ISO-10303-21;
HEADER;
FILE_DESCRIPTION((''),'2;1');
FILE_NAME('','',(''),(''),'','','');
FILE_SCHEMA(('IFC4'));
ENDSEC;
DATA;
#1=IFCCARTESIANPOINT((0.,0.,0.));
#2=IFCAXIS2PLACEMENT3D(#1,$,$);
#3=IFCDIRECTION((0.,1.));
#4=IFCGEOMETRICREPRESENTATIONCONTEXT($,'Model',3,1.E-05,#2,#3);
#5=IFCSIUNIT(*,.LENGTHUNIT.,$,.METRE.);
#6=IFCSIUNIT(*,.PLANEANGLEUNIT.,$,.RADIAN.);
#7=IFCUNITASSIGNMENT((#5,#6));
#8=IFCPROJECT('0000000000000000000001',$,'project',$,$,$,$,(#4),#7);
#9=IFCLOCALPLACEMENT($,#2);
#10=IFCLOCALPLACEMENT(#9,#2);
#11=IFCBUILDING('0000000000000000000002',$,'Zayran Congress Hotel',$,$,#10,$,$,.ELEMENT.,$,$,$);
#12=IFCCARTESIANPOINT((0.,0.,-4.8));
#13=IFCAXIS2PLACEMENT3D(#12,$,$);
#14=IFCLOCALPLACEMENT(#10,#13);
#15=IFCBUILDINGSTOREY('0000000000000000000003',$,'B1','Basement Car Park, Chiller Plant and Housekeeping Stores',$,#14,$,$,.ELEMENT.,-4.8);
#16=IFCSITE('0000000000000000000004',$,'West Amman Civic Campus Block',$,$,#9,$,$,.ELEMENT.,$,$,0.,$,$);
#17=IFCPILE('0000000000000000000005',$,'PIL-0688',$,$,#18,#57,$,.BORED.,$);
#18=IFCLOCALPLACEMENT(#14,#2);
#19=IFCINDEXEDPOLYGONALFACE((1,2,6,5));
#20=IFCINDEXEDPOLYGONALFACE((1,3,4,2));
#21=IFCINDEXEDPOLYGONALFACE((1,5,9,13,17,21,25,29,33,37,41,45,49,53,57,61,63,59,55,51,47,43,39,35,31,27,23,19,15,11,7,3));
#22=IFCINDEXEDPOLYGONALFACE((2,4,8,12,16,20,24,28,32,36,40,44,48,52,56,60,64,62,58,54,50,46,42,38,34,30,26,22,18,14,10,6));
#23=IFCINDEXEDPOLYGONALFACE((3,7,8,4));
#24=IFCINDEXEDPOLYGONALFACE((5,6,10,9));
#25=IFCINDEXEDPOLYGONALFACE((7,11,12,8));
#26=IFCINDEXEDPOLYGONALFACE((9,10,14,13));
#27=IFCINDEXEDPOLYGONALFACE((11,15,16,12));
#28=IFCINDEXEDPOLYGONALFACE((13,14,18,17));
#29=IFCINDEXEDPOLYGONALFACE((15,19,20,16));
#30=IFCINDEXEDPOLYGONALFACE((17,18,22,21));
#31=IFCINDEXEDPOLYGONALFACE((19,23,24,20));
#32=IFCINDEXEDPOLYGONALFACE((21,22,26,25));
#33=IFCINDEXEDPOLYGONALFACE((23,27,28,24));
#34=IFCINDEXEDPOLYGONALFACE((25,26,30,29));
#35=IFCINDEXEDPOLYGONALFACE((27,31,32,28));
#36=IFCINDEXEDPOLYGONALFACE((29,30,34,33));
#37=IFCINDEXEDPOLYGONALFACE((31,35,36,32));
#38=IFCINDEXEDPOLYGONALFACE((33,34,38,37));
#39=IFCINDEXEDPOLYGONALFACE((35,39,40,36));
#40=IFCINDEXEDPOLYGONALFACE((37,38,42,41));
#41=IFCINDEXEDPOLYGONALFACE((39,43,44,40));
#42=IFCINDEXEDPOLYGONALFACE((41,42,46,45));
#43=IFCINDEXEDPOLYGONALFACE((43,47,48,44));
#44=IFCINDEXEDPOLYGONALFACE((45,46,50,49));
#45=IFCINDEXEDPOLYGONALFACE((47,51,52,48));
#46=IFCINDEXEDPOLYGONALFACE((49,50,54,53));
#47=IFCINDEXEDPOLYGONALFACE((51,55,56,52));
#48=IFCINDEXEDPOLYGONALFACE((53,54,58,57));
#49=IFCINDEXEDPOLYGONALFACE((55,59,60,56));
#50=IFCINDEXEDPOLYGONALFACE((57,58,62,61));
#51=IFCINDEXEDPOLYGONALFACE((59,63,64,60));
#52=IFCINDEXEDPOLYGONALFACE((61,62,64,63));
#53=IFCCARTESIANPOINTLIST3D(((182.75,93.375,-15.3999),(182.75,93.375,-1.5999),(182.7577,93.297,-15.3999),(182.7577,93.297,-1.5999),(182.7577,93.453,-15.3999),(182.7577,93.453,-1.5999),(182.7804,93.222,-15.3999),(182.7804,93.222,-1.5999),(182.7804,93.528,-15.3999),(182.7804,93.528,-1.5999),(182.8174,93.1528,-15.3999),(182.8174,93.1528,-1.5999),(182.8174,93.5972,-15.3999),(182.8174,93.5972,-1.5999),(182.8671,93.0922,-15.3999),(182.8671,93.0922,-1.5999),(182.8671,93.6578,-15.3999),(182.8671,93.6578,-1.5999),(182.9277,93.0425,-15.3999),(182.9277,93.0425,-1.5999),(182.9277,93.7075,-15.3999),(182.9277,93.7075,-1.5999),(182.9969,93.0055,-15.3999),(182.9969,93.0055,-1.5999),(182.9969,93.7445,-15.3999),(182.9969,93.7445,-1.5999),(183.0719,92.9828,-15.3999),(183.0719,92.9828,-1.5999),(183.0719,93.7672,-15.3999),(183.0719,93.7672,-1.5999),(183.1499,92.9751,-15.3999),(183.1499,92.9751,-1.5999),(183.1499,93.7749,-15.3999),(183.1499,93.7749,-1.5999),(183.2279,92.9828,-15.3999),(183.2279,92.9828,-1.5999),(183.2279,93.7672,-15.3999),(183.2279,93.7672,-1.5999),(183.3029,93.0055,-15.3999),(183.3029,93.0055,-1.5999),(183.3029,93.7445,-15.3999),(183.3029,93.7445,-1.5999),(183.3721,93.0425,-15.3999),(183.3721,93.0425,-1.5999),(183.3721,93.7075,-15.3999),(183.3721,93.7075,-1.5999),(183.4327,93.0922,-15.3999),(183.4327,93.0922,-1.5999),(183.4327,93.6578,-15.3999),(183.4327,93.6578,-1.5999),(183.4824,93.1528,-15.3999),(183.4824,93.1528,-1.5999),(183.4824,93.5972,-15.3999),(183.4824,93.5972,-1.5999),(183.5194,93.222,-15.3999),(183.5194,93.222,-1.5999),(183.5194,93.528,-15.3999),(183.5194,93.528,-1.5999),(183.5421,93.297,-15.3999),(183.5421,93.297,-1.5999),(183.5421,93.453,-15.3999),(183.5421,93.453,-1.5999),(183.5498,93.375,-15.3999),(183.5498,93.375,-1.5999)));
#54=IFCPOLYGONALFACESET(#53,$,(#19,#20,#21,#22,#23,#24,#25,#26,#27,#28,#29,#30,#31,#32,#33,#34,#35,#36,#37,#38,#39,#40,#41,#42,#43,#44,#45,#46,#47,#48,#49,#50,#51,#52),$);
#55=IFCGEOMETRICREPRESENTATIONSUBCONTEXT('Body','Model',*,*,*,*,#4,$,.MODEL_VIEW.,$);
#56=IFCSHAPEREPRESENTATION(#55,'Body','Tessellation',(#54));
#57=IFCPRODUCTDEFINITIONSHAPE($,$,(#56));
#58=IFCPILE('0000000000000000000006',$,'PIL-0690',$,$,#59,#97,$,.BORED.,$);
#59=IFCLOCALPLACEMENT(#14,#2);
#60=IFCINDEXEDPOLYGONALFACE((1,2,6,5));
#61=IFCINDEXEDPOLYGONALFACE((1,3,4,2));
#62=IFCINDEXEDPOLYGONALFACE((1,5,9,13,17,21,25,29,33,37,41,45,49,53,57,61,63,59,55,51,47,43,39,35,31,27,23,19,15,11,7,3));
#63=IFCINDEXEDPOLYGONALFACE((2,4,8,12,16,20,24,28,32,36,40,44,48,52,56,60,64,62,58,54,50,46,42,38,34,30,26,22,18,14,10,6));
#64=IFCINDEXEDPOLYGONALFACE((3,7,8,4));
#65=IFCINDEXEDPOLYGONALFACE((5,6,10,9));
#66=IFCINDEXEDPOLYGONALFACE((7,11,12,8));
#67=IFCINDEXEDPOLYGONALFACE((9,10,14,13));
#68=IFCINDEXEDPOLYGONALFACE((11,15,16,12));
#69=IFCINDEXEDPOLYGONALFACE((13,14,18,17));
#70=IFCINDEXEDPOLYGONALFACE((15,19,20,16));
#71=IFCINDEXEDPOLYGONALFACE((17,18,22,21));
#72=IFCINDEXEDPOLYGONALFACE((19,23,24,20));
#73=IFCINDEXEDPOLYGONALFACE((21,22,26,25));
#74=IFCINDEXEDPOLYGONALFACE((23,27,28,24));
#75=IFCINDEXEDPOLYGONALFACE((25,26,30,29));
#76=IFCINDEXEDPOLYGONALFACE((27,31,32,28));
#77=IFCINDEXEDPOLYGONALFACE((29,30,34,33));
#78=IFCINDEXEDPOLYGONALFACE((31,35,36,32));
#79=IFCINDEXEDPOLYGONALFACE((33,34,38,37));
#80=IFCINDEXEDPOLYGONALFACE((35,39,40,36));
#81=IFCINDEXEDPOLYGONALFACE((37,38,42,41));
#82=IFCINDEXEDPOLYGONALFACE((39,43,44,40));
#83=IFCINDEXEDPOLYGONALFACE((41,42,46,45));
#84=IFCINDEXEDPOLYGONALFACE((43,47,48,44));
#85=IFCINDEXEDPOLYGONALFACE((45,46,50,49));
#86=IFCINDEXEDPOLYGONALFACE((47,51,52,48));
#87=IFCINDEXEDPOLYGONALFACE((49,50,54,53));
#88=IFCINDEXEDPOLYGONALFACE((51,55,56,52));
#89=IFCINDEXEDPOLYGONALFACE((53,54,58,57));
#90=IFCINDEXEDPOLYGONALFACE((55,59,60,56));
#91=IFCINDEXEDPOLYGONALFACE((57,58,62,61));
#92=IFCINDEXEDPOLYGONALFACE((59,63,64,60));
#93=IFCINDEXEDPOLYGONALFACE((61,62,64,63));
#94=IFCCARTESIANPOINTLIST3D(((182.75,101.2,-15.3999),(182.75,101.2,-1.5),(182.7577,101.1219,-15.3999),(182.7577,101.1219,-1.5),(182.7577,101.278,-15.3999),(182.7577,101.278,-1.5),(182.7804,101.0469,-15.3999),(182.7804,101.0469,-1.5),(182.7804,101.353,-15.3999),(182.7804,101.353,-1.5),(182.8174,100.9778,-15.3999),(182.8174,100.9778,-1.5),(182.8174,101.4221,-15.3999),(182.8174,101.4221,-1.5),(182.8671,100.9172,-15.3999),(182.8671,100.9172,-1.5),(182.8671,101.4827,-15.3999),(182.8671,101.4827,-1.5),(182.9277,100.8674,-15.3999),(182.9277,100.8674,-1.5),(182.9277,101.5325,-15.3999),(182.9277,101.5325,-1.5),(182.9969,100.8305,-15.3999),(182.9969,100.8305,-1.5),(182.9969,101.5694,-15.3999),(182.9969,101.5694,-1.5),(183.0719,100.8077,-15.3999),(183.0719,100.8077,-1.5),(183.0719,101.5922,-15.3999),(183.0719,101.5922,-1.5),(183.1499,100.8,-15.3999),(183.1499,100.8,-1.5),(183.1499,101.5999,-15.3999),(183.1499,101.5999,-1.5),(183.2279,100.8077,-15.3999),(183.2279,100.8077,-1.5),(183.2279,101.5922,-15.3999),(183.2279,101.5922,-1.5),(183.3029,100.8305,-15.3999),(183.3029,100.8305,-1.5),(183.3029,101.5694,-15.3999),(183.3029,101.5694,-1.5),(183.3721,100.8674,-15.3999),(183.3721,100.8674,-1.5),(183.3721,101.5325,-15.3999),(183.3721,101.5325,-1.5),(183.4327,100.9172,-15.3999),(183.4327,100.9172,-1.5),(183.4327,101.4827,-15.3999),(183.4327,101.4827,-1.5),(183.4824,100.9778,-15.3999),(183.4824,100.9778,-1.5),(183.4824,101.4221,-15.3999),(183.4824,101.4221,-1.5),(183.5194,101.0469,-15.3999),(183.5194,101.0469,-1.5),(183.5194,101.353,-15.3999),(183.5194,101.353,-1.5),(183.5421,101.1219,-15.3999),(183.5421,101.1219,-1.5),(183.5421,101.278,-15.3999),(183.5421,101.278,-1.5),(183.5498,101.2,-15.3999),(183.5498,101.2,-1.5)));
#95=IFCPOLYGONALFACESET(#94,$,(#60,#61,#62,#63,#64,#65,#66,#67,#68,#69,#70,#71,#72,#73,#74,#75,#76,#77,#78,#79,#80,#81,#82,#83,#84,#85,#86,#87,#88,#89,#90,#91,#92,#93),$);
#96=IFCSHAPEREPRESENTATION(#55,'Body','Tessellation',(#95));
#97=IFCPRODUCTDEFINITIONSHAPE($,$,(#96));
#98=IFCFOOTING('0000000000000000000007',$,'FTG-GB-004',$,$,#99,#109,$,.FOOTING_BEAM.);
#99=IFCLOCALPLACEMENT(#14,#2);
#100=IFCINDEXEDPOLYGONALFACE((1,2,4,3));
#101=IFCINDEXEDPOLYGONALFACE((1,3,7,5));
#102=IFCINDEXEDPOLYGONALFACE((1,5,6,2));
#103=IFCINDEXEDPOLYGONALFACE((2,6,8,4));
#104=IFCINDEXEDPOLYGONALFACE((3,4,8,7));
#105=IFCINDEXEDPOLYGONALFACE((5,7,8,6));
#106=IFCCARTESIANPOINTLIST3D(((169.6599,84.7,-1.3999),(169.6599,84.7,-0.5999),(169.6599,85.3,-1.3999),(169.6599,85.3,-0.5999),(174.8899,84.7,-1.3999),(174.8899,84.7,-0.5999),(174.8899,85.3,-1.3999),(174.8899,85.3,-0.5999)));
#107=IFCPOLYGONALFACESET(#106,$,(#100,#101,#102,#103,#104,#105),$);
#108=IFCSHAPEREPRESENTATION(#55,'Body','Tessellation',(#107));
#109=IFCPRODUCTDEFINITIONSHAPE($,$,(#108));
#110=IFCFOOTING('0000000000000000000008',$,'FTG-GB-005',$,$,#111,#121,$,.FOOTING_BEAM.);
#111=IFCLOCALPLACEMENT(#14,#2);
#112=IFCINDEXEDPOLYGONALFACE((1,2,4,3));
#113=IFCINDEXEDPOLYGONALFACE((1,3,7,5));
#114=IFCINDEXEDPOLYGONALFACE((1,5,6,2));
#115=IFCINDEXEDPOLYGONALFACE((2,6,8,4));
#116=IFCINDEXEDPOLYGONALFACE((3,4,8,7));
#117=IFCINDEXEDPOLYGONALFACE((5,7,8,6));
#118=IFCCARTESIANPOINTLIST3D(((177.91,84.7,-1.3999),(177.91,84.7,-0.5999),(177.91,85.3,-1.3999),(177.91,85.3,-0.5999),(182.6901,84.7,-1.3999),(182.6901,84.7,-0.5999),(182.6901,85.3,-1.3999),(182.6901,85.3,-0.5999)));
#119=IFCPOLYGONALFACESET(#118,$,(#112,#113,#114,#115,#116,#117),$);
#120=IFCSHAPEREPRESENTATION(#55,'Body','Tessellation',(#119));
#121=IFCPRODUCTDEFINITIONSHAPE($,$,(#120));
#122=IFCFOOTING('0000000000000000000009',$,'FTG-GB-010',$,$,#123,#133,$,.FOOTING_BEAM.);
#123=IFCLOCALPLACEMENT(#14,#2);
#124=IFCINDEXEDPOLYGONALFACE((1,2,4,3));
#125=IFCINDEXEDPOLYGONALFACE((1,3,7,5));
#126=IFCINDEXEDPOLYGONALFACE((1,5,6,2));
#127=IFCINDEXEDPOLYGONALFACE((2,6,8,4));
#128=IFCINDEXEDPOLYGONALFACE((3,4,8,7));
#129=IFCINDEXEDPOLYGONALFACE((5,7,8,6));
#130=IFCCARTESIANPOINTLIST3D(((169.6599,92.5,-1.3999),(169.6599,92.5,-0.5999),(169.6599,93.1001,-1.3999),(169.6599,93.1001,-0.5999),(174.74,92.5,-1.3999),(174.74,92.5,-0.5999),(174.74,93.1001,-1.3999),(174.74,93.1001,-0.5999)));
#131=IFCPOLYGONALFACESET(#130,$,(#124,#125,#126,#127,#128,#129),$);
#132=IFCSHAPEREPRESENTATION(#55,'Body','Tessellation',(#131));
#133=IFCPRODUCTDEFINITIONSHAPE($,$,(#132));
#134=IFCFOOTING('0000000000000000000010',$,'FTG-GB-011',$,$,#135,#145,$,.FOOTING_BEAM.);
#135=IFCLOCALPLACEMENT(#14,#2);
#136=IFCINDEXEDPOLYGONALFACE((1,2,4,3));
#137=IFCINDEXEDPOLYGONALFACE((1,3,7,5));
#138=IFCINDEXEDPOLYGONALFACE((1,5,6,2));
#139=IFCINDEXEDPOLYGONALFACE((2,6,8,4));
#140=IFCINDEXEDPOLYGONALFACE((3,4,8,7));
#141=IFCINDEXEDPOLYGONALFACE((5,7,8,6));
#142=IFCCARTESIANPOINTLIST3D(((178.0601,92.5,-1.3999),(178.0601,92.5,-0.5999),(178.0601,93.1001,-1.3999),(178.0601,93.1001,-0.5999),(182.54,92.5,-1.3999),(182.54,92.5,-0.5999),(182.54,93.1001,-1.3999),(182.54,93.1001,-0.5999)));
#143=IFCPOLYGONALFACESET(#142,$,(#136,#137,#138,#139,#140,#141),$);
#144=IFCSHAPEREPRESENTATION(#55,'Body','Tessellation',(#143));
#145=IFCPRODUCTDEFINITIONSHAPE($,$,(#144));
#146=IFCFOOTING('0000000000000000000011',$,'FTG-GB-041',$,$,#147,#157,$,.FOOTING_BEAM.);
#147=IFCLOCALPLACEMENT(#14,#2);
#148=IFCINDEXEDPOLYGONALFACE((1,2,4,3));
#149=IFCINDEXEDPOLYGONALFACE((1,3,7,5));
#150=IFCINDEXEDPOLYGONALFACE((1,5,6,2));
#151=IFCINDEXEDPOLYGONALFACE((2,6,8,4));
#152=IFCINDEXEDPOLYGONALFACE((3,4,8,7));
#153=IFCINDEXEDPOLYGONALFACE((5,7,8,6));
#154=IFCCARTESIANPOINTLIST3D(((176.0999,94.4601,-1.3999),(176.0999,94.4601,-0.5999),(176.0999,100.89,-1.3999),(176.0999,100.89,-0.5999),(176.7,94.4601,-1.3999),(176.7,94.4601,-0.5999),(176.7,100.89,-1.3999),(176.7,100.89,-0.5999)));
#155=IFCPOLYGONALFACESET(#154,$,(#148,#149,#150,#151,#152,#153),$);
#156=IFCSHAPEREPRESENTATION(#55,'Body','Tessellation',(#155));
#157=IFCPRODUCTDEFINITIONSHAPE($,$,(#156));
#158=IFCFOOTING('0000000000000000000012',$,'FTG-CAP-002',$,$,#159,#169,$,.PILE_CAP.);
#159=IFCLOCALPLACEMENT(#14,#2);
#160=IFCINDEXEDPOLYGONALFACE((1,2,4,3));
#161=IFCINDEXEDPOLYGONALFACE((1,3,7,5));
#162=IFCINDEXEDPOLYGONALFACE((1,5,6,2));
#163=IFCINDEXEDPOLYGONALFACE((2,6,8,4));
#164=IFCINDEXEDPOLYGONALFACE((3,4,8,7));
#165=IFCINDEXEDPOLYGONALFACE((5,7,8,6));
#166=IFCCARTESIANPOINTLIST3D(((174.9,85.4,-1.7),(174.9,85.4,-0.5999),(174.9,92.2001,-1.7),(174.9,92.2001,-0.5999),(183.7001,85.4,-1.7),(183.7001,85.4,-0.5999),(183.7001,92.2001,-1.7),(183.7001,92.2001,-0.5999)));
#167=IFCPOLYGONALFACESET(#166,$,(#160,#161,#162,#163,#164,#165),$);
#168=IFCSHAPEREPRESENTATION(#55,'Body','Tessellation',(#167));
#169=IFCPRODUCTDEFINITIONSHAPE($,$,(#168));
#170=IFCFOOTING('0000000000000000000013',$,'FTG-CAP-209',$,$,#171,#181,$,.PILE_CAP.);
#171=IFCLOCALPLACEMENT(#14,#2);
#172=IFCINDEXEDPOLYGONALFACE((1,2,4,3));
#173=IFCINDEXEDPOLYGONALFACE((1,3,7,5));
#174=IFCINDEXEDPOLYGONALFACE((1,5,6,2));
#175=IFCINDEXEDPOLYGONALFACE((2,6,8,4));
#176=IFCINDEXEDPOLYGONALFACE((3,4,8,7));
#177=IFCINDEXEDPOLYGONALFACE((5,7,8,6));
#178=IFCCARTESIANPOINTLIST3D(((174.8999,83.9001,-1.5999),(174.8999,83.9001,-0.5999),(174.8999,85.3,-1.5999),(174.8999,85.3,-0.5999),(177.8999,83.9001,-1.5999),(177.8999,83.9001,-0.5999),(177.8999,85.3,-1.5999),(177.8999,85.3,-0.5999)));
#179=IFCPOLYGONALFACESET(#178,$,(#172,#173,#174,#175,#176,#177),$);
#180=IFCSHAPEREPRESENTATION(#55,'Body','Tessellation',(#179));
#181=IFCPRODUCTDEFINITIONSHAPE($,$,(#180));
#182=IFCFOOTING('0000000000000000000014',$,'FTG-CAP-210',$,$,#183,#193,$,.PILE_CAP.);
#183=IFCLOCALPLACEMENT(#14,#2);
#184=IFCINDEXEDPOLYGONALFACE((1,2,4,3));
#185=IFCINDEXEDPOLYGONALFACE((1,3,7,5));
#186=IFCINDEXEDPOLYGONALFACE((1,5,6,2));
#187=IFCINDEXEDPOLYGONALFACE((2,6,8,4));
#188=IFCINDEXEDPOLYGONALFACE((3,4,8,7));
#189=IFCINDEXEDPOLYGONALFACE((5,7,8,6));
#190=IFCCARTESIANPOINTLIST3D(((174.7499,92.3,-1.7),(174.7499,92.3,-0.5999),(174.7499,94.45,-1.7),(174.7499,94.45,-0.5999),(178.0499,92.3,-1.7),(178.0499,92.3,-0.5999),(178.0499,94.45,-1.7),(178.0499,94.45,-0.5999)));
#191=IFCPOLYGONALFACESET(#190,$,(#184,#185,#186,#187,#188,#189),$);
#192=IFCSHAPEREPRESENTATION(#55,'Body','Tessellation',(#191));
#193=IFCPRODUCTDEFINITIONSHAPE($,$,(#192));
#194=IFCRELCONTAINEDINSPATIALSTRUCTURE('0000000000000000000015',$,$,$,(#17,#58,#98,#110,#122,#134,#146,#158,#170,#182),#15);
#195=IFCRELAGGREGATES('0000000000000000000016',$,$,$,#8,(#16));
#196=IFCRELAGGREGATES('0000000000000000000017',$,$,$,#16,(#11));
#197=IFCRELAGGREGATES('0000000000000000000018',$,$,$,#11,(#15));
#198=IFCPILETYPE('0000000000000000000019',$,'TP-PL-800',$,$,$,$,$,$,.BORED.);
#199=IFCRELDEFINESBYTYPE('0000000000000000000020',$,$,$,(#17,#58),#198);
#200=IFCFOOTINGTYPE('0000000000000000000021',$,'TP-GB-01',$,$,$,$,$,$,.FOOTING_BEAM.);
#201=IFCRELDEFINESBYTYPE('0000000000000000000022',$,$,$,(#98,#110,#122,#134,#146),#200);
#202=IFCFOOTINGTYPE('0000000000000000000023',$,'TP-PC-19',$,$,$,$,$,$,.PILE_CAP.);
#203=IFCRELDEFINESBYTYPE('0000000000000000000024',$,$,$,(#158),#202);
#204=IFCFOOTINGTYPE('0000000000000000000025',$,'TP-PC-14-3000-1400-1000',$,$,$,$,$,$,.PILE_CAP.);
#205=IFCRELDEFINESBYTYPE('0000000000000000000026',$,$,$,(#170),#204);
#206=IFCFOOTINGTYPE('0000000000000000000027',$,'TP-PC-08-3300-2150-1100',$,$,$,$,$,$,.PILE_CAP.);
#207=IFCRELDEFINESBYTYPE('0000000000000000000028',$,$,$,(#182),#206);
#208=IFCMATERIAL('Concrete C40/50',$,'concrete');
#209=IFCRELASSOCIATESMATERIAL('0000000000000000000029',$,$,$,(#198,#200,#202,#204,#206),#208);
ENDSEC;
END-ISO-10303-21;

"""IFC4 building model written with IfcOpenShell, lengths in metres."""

from ifc_helpers import new_model, si_unit, direction, frame, origin, origin_2d, place, context, subcontext, project, spatial, rectangle, circle, extrude, material, material_profile, profile_set, type_object, element, save


model = new_model("IFC4")

# Units and contexts
model_context = context("Model", 3, precision=1e-05, world=origin(), true_north=direction((0.0, 1.0)))
body_context = subcontext(model_context, "Body", "Model", "MODEL_VIEW")
ifc_project = project(units=[si_unit("LENGTHUNIT", "METRE"), si_unit("PLANEANGLEUNIT", "RADIAN")], contexts=[model_context])

# Site, building, storey
site_placement = place(None, origin())
site = spatial("IfcSite", under=ifc_project, at=site_placement, Name="West Amman Civic Campus Block", CompositionType="ELEMENT", RefElevation=0.0)
building_placement = place(site_placement, origin())
building = spatial("IfcBuilding", under=site, at=building_placement, Name="Zayran Congress Hotel", CompositionType="ELEMENT")
storey_placement = place(building_placement, frame((0.0, 0.0, -4.8)))
storey = spatial("IfcBuildingStorey", under=building, at=storey_placement, Name="B1", Description="Basement Car Park, Chiller Plant and Housekeeping Stores", CompositionType="ELEMENT", Elevation=-4.8)

# Piles
ifc_material_1 = material(Name="Concrete C40/50", Category="concrete")
ifc_material_profile_1 = material_profile(ifc_material_1, circle(Radius=0.3999, at=origin_2d()), Name="PILE D800")
ifc_profile_set_1 = profile_set([ifc_material_profile_1], Name="Concrete C40/50")
pile_type_1 = type_object("IfcPileType", Name="TP-PL-800", PredefinedType="BORED", material=ifc_profile_set_1)
for number, where, z_axis, x_axis, name in (
    (1, (183.1499, 93.375, -1.5999), (0.0, 0.0, -1.0), (1.0, 0.0, 0.0), "PIL-0688"),
):
    element("IfcPile", number, at=place(storey_placement, frame(where, z_axis=z_axis, x_axis=x_axis)), inside=storey, type_object=pile_type_1, Name=name, PredefinedType="BORED", context=body_context, shape_type="SweptSolid", body=[
        extrude(circle(Radius=0.3999, at=origin_2d()), origin(), (0.0, 0.0, 1.0), 13.8),
    ])
pile_placement = place(storey_placement, frame((183.1499, 101.2, -1.5), z_axis=(0.0, 0.0, -1.0), x_axis=(1.0, 0.0, 0.0)))
element("IfcPile", 2, at=pile_placement, inside=storey, type_object=pile_type_1, Name="PIL-0690", PredefinedType="BORED", context=body_context, shape_type="SweptSolid", body=[
    extrude(circle(Radius=0.3999, at=origin_2d()), origin(), (0.0, 0.0, 1.0), 13.8999),
])

# Footings
footing_type_1 = type_object("IfcFootingType", Name="TP-GB-01", PredefinedType="FOOTING_BEAM", material=ifc_material_1)
footing_1_placement = place(storey_placement, frame((172.2749, 85.0, -1.3999), z_axis=(0.0, 0.0, 1.0), x_axis=(1.0, 0.0, 0.0)))
element("IfcFooting", 3, at=footing_1_placement, inside=storey, type_object=footing_type_1, Name="FTG-GB-004", PredefinedType="FOOTING_BEAM", context=body_context, shape_type="SweptSolid", body=[
    extrude(rectangle(XDim=5.23, YDim=0.6001, at=origin_2d()), origin(), (0.0, 0.0, 1.0), 0.8),
])
footing_2_placement = place(storey_placement, frame((180.3, 85.0, -1.3999), z_axis=(0.0, 0.0, 1.0), x_axis=(1.0, 0.0, 0.0)))
element("IfcFooting", 4, at=footing_2_placement, inside=storey, type_object=footing_type_1, Name="FTG-GB-005", PredefinedType="FOOTING_BEAM", context=body_context, shape_type="SweptSolid", body=[
    extrude(rectangle(XDim=4.78, YDim=0.6001, at=origin_2d()), origin(), (0.0, 0.0, 1.0), 0.8),
])
footing_3_placement = place(storey_placement, frame((172.2, 92.8, -1.3999), z_axis=(0.0, 0.0, 1.0), x_axis=(1.0, 0.0, 0.0)))
element("IfcFooting", 5, at=footing_3_placement, inside=storey, type_object=footing_type_1, Name="FTG-GB-010", PredefinedType="FOOTING_BEAM", context=body_context, shape_type="SweptSolid", body=[
    extrude(rectangle(XDim=5.0801, YDim=0.6001, at=origin_2d()), origin(), (0.0, 0.0, 1.0), 0.8),
])
footing_4_placement = place(storey_placement, frame((180.3, 92.8, -1.3999), z_axis=(0.0, 0.0, 1.0), x_axis=(1.0, 0.0, 0.0)))
element("IfcFooting", 6, at=footing_4_placement, inside=storey, type_object=footing_type_1, Name="FTG-GB-011", PredefinedType="FOOTING_BEAM", context=body_context, shape_type="SweptSolid", body=[
    extrude(rectangle(XDim=4.48, YDim=0.6001, at=origin_2d()), origin(), (0.0, 0.0, 1.0), 0.8),
])
footing_5_placement = place(storey_placement, frame((176.3999, 97.675, -1.3999), z_axis=(0.0, 0.0, 1.0), x_axis=(0.0, 1.0, 0.0)))
element("IfcFooting", 7, at=footing_5_placement, inside=storey, type_object=footing_type_1, Name="FTG-GB-041", PredefinedType="FOOTING_BEAM", context=body_context, shape_type="SweptSolid", body=[
    extrude(rectangle(XDim=6.4299, YDim=0.6001, at=origin_2d()), origin(), (0.0, 0.0, 1.0), 0.8),
])
footing_type_2 = type_object("IfcFootingType", Name="TP-PC-19", PredefinedType="PILE_CAP", material=ifc_material_1)
footing_6_placement = place(storey_placement, frame((179.3, 88.8, -1.7), z_axis=(0.0, 0.0, 1.0), x_axis=(1.0, 0.0, 0.0)))
element("IfcFooting", 8, at=footing_6_placement, inside=storey, type_object=footing_type_2, Name="FTG-CAP-002", PredefinedType="PILE_CAP", context=body_context, shape_type="SweptSolid", body=[
    extrude(rectangle(XDim=8.8, YDim=6.8, at=origin_2d()), origin(), (0.0, 0.0, 1.0), 1.1001),
])
footing_type_3 = type_object("IfcFootingType", Name="TP-PC-14-3000-1400-1000", PredefinedType="PILE_CAP", material=ifc_material_1)
footing_7_placement = place(storey_placement, frame((176.3999, 84.6001, -1.5999), z_axis=(0.0, 0.0, 1.0), x_axis=(1.0, 0.0, 0.0)))
element("IfcFooting", 9, at=footing_7_placement, inside=storey, type_object=footing_type_3, Name="FTG-CAP-209", PredefinedType="PILE_CAP", context=body_context, shape_type="SweptSolid", body=[
    extrude(rectangle(XDim=3.0, YDim=1.3999, at=origin_2d()), origin(), (0.0, 0.0, 1.0), 1.0),
])
footing_type_4 = type_object("IfcFootingType", Name="TP-PC-08-3300-2150-1100", PredefinedType="PILE_CAP", material=ifc_material_1)
footing_8_placement = place(storey_placement, frame((176.3999, 93.375, -1.7), z_axis=(0.0, 0.0, 1.0), x_axis=(1.0, 0.0, 0.0)))
element("IfcFooting", 10, at=footing_8_placement, inside=storey, type_object=footing_type_4, Name="FTG-CAP-210", PredefinedType="PILE_CAP", context=body_context, shape_type="SweptSolid", body=[
    extrude(rectangle(XDim=3.3, YDim=2.1499, at=origin_2d()), origin(), (0.0, 0.0, 1.0), 1.1001),
])

save(model, "model.ifc")
